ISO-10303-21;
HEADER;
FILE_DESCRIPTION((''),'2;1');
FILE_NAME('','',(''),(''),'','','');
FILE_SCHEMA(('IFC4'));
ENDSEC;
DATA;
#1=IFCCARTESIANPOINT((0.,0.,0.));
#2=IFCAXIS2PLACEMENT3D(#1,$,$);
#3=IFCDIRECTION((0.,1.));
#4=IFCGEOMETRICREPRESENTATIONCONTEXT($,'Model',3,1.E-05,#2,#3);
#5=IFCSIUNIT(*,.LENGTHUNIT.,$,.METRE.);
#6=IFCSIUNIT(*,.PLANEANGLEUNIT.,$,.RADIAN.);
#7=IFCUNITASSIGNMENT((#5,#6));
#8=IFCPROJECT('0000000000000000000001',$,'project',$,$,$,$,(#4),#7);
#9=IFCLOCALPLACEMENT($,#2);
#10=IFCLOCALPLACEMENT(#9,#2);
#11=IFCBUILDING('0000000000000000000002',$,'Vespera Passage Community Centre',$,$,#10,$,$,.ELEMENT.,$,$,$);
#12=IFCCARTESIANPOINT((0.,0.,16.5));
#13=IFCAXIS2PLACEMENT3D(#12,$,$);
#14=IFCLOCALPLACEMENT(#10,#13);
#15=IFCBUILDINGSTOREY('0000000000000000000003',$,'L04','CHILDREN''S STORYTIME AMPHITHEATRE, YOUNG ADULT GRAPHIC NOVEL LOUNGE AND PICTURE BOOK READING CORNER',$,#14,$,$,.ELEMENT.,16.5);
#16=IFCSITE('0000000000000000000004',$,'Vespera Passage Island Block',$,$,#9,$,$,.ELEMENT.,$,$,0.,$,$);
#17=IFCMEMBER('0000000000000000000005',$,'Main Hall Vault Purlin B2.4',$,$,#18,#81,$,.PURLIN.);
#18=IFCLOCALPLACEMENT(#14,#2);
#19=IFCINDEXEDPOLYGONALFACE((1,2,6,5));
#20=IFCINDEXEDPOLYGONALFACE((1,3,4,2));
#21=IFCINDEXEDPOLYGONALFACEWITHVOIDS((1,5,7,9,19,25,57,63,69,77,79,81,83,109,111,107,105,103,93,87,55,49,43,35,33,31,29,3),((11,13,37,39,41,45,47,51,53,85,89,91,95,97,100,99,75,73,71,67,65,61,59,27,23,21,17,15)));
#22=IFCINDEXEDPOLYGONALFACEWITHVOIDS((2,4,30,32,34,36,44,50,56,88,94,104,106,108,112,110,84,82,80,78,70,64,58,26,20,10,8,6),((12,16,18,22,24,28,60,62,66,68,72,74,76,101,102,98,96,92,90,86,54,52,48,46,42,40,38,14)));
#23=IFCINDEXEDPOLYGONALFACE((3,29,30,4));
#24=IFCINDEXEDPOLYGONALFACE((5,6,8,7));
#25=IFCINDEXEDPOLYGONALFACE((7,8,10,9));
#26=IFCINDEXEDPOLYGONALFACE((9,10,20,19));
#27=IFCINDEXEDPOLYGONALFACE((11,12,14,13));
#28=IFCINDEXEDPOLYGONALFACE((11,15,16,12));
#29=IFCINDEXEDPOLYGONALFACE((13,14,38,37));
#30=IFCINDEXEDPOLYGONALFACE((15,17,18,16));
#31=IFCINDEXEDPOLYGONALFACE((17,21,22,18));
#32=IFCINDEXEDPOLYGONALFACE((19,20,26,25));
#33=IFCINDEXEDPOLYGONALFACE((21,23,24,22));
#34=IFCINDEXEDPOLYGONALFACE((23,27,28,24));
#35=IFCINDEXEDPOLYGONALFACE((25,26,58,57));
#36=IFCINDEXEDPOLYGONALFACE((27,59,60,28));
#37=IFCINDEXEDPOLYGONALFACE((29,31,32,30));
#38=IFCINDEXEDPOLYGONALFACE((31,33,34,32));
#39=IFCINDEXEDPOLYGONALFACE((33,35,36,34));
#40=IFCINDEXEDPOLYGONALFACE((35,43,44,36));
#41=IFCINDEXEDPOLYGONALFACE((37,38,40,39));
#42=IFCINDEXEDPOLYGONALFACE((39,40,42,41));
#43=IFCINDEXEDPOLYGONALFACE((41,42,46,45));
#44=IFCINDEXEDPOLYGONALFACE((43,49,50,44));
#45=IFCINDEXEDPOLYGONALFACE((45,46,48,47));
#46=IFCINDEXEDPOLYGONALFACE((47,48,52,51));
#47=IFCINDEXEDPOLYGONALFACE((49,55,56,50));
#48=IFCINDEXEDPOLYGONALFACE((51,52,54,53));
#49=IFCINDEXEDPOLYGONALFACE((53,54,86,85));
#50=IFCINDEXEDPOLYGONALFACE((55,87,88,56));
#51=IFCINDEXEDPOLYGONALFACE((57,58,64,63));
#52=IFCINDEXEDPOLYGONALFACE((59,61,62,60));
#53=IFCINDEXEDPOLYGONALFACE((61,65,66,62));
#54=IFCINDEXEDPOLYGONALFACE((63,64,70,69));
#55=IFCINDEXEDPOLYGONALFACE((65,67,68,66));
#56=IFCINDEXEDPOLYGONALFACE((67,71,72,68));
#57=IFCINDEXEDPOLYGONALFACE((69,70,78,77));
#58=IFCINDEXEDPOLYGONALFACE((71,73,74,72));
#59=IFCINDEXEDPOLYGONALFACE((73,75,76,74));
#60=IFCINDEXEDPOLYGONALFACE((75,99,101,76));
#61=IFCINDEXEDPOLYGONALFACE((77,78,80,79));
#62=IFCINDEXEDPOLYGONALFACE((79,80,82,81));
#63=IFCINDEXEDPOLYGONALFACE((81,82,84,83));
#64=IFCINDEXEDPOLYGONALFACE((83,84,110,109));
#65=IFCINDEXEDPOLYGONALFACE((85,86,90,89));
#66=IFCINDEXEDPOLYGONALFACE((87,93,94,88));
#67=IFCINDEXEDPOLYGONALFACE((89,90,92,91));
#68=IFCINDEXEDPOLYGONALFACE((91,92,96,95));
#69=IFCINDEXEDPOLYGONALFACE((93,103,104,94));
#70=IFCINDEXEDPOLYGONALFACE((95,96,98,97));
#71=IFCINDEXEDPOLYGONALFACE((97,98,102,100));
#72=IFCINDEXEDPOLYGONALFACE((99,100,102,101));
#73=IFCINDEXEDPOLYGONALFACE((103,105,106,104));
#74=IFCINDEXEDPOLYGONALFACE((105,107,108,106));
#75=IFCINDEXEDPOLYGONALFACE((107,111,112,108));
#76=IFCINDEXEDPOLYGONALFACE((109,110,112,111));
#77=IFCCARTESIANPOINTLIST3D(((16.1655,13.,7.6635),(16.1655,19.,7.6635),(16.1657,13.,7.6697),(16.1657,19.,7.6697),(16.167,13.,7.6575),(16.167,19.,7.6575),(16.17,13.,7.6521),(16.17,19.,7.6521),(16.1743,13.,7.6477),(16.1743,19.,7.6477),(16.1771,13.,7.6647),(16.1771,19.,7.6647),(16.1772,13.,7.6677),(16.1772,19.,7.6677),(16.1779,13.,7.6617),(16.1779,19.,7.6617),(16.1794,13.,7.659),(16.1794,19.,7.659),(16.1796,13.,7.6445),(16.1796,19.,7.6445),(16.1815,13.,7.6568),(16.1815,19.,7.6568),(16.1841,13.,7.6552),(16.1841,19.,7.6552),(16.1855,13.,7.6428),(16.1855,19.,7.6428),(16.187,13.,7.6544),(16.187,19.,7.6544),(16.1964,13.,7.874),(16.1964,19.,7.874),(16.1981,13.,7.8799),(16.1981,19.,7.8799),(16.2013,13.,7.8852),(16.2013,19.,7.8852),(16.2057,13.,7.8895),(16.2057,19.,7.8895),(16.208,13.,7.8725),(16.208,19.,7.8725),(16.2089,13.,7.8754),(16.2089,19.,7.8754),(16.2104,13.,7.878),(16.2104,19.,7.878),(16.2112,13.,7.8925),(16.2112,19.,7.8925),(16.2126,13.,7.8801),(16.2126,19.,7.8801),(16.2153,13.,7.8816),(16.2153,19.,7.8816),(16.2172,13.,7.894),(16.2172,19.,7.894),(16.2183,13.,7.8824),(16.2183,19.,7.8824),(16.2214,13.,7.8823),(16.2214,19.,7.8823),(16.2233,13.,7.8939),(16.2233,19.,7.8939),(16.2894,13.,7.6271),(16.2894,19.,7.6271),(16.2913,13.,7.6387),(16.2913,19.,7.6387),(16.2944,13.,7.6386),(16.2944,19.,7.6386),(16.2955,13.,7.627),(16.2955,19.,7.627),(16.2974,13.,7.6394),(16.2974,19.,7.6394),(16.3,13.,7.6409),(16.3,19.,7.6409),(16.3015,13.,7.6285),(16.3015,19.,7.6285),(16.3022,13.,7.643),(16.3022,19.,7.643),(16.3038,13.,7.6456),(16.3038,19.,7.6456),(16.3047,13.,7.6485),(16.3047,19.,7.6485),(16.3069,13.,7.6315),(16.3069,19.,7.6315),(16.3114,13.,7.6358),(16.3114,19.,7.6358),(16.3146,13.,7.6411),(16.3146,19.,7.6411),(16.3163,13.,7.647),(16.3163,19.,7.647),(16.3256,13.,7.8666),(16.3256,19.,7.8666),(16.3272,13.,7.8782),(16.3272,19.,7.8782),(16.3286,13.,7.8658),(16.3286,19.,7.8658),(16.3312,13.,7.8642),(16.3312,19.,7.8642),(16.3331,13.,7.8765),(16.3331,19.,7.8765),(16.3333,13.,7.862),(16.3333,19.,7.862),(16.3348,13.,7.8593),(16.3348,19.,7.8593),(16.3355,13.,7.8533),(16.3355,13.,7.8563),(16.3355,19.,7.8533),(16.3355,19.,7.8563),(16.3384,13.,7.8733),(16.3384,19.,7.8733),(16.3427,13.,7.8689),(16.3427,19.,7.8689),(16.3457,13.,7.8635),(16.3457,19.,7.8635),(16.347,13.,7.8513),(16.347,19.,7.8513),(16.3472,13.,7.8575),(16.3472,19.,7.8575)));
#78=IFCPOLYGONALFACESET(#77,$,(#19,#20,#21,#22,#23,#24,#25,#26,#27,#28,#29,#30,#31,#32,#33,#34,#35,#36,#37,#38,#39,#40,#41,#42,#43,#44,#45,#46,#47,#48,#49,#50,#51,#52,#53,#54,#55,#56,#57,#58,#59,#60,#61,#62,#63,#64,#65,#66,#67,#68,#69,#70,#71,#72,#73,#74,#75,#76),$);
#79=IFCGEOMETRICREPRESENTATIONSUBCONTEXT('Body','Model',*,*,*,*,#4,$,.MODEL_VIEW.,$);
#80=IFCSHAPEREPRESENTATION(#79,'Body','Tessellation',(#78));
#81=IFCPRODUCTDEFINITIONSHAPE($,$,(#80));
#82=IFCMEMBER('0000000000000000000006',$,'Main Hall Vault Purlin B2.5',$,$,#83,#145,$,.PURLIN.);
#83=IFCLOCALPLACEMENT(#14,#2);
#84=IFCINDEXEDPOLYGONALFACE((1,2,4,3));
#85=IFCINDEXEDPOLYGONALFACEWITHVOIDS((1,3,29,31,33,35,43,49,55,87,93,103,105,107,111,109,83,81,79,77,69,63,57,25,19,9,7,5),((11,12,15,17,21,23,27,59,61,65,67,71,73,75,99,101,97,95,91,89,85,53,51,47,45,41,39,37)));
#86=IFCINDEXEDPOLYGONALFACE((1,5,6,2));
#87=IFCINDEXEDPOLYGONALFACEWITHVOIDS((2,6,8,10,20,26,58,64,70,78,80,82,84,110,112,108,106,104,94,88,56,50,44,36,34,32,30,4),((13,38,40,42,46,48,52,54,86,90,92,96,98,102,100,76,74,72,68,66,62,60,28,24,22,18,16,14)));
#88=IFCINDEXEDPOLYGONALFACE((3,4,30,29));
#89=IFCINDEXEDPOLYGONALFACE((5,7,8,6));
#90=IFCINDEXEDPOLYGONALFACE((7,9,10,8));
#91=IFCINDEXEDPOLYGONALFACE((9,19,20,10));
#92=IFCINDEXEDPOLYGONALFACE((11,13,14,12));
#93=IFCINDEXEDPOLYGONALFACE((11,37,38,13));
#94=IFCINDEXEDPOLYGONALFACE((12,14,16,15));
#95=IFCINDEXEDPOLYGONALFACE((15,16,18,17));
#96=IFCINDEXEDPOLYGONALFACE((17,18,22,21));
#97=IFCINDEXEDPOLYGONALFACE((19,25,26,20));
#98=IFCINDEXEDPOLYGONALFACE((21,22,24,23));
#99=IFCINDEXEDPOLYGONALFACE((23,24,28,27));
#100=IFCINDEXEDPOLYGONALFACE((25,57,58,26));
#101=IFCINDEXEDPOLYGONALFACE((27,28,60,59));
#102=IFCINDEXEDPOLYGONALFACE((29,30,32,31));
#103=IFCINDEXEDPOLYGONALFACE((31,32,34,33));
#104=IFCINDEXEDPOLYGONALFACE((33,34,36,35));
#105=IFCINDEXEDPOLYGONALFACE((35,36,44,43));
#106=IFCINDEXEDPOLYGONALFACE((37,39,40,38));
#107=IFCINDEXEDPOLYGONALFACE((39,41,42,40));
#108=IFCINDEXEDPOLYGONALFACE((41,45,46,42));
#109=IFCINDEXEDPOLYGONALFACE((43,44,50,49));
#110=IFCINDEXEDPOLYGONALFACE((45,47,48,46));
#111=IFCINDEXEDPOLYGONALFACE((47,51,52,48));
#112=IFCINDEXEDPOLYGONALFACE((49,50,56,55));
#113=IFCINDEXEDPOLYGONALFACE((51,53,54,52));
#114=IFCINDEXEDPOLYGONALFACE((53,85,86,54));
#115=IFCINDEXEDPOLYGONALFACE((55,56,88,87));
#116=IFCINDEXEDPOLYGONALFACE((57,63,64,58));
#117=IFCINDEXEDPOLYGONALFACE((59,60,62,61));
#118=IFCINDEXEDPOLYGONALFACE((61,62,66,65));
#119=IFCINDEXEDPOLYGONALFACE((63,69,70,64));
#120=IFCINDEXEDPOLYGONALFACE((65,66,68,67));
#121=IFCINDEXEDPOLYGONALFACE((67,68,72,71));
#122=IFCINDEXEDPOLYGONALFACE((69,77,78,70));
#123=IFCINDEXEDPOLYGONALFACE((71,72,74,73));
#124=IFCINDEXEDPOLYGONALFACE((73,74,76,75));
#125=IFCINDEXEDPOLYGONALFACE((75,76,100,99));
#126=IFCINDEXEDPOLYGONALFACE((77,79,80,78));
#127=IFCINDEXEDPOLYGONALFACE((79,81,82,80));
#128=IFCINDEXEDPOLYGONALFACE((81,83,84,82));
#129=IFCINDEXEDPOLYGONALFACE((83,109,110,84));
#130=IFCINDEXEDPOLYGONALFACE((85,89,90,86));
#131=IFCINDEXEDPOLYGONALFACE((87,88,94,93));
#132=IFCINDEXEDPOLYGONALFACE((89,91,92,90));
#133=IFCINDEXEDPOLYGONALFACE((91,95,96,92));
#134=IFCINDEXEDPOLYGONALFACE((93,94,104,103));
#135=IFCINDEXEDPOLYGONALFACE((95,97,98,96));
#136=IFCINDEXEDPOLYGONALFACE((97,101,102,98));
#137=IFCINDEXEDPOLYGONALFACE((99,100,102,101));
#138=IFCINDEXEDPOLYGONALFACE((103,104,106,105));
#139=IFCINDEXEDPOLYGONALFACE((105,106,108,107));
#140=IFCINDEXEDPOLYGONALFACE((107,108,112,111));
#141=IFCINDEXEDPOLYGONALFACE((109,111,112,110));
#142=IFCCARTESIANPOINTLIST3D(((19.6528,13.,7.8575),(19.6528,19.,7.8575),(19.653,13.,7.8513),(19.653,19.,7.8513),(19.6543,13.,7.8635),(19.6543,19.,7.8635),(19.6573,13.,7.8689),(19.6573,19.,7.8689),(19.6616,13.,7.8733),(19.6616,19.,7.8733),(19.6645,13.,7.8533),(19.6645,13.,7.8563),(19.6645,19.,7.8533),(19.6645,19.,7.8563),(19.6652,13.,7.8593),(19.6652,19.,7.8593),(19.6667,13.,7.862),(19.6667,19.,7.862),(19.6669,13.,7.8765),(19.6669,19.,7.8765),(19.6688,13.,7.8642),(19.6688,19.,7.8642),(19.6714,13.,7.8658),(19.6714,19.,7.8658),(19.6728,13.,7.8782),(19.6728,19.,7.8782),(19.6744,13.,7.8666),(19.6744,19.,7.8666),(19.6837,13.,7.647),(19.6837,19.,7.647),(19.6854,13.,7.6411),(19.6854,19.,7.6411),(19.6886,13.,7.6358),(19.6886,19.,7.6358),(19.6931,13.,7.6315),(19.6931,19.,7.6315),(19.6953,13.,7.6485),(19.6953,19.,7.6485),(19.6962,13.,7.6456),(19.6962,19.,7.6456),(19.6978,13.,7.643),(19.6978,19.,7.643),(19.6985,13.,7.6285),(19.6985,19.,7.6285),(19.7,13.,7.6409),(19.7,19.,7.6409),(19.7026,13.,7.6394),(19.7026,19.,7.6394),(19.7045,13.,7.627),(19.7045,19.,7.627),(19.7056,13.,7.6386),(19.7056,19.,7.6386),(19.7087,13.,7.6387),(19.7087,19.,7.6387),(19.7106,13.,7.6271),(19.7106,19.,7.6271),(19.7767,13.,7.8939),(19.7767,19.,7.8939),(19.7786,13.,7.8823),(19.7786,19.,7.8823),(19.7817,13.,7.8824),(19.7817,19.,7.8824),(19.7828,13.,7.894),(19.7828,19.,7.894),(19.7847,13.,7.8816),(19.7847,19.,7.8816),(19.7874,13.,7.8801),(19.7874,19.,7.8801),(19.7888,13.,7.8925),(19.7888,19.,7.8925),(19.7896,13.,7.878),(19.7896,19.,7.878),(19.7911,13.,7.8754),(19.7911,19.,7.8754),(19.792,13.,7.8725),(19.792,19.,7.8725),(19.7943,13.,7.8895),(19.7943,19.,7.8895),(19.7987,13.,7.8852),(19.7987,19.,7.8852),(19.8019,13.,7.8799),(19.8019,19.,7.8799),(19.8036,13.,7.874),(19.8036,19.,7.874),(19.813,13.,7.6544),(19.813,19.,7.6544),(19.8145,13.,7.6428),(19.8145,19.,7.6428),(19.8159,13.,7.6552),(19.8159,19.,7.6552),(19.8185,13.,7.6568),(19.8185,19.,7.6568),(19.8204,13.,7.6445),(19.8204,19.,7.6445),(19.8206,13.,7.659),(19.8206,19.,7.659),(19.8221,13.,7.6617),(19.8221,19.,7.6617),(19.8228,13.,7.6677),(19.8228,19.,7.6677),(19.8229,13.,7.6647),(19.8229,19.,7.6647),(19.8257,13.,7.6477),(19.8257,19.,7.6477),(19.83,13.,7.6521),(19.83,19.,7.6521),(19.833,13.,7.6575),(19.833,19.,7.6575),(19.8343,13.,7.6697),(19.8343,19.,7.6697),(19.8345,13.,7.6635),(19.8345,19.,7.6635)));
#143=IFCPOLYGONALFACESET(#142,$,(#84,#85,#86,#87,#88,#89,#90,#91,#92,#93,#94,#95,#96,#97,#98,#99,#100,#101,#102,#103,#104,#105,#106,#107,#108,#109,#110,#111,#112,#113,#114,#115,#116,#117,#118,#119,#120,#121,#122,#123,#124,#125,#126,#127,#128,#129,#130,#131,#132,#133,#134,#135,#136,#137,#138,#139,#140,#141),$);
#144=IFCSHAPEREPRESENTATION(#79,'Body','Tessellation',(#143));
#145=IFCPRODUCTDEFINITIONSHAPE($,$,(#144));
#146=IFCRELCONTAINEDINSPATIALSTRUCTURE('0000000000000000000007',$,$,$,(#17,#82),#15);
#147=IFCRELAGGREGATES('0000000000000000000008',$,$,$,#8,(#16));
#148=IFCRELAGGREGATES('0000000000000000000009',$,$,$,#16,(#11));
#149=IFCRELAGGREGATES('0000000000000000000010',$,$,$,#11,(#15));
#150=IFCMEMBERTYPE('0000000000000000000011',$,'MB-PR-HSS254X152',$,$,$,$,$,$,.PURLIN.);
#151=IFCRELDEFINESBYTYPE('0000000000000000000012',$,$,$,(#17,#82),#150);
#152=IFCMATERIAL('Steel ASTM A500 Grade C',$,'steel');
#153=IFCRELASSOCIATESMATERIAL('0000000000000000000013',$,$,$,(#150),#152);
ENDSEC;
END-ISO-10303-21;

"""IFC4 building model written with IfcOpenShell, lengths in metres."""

from ifc_helpers import new_model, si_unit, direction, frame, origin, origin_2d, place, context, subcontext, project, spatial, hollow_rectangle, extrude, material, material_profile, profile_set, type_object, element, save


model = new_model("IFC4")

# Units and contexts
model_context = context("Model", 3, precision=1e-05, world=origin(), true_north=direction((0.0, 1.0)))
body_context = subcontext(model_context, "Body", "Model", "MODEL_VIEW")
ifc_project = project(units=[si_unit("LENGTHUNIT", "METRE"), si_unit("PLANEANGLEUNIT", "RADIAN")], contexts=[model_context])

# Site, building, storey
site_placement = place(None, origin())
site = spatial("IfcSite", under=ifc_project, at=site_placement, Name="Vespera Passage Island Block", CompositionType="ELEMENT", RefElevation=0.0)
building_placement = place(site_placement, origin())
building = spatial("IfcBuilding", under=site, at=building_placement, Name="Vespera Passage Community Centre", CompositionType="ELEMENT")
storey_placement = place(building_placement, frame((0.0, 0.0, 16.5)))
storey = spatial("IfcBuildingStorey", under=building, at=storey_placement, Name="L04", Description="CHILDREN'S STORYTIME AMPHITHEATRE, YOUNG ADULT GRAPHIC NOVEL LOUNGE AND PICTURE BOOK READING CORNER", CompositionType="ELEMENT", Elevation=16.5)

# Members
ifc_material_1 = material(Name="Steel ASTM A500 Grade C", Category="steel")
ifc_material_profile_1 = material_profile(ifc_material_1, hollow_rectangle(XDim=0.1523, YDim=0.2539, WallThickness=0.0117, InnerFilletRadius=0.0117, OuterFilletRadius=0.0237, at=origin_2d()), Name="HSS254X152X12.7")
ifc_profile_set_1 = profile_set([ifc_material_profile_1], Name="Steel ASTM A500 Grade C")
member_type_1 = type_object("IfcMemberType", Name="MB-PR-HSS254X152", PredefinedType="PURLIN", material=ifc_profile_set_1)
for number, where, z_axis, x_axis, name in (
    (1, (16.2563, 13.0, 7.7605), (0.0, 1.0, 0.0), (-0.988858, 0.0, 0.148862), "Main Hall Vault Purlin B2.4"),
    (2, (19.7437, 13.0, 7.7605), (0.0, 1.0, 0.0), (-0.988858, 0.0, -0.148862), "Main Hall Vault Purlin B2.5"),
):
    element("IfcMember", number, at=place(storey_placement, frame(where, z_axis=z_axis, x_axis=x_axis)), inside=storey, type_object=member_type_1, Name=name, PredefinedType="PURLIN", context=body_context, shape_type="SweptSolid", body=[
        extrude(hollow_rectangle(XDim=0.1523, YDim=0.2539, WallThickness=0.0117, InnerFilletRadius=0.0117, OuterFilletRadius=0.0237, at=origin_2d()), origin(), (0.0, 0.0, 1.0), 6.0),
    ])

save(model, "model.ifc")
